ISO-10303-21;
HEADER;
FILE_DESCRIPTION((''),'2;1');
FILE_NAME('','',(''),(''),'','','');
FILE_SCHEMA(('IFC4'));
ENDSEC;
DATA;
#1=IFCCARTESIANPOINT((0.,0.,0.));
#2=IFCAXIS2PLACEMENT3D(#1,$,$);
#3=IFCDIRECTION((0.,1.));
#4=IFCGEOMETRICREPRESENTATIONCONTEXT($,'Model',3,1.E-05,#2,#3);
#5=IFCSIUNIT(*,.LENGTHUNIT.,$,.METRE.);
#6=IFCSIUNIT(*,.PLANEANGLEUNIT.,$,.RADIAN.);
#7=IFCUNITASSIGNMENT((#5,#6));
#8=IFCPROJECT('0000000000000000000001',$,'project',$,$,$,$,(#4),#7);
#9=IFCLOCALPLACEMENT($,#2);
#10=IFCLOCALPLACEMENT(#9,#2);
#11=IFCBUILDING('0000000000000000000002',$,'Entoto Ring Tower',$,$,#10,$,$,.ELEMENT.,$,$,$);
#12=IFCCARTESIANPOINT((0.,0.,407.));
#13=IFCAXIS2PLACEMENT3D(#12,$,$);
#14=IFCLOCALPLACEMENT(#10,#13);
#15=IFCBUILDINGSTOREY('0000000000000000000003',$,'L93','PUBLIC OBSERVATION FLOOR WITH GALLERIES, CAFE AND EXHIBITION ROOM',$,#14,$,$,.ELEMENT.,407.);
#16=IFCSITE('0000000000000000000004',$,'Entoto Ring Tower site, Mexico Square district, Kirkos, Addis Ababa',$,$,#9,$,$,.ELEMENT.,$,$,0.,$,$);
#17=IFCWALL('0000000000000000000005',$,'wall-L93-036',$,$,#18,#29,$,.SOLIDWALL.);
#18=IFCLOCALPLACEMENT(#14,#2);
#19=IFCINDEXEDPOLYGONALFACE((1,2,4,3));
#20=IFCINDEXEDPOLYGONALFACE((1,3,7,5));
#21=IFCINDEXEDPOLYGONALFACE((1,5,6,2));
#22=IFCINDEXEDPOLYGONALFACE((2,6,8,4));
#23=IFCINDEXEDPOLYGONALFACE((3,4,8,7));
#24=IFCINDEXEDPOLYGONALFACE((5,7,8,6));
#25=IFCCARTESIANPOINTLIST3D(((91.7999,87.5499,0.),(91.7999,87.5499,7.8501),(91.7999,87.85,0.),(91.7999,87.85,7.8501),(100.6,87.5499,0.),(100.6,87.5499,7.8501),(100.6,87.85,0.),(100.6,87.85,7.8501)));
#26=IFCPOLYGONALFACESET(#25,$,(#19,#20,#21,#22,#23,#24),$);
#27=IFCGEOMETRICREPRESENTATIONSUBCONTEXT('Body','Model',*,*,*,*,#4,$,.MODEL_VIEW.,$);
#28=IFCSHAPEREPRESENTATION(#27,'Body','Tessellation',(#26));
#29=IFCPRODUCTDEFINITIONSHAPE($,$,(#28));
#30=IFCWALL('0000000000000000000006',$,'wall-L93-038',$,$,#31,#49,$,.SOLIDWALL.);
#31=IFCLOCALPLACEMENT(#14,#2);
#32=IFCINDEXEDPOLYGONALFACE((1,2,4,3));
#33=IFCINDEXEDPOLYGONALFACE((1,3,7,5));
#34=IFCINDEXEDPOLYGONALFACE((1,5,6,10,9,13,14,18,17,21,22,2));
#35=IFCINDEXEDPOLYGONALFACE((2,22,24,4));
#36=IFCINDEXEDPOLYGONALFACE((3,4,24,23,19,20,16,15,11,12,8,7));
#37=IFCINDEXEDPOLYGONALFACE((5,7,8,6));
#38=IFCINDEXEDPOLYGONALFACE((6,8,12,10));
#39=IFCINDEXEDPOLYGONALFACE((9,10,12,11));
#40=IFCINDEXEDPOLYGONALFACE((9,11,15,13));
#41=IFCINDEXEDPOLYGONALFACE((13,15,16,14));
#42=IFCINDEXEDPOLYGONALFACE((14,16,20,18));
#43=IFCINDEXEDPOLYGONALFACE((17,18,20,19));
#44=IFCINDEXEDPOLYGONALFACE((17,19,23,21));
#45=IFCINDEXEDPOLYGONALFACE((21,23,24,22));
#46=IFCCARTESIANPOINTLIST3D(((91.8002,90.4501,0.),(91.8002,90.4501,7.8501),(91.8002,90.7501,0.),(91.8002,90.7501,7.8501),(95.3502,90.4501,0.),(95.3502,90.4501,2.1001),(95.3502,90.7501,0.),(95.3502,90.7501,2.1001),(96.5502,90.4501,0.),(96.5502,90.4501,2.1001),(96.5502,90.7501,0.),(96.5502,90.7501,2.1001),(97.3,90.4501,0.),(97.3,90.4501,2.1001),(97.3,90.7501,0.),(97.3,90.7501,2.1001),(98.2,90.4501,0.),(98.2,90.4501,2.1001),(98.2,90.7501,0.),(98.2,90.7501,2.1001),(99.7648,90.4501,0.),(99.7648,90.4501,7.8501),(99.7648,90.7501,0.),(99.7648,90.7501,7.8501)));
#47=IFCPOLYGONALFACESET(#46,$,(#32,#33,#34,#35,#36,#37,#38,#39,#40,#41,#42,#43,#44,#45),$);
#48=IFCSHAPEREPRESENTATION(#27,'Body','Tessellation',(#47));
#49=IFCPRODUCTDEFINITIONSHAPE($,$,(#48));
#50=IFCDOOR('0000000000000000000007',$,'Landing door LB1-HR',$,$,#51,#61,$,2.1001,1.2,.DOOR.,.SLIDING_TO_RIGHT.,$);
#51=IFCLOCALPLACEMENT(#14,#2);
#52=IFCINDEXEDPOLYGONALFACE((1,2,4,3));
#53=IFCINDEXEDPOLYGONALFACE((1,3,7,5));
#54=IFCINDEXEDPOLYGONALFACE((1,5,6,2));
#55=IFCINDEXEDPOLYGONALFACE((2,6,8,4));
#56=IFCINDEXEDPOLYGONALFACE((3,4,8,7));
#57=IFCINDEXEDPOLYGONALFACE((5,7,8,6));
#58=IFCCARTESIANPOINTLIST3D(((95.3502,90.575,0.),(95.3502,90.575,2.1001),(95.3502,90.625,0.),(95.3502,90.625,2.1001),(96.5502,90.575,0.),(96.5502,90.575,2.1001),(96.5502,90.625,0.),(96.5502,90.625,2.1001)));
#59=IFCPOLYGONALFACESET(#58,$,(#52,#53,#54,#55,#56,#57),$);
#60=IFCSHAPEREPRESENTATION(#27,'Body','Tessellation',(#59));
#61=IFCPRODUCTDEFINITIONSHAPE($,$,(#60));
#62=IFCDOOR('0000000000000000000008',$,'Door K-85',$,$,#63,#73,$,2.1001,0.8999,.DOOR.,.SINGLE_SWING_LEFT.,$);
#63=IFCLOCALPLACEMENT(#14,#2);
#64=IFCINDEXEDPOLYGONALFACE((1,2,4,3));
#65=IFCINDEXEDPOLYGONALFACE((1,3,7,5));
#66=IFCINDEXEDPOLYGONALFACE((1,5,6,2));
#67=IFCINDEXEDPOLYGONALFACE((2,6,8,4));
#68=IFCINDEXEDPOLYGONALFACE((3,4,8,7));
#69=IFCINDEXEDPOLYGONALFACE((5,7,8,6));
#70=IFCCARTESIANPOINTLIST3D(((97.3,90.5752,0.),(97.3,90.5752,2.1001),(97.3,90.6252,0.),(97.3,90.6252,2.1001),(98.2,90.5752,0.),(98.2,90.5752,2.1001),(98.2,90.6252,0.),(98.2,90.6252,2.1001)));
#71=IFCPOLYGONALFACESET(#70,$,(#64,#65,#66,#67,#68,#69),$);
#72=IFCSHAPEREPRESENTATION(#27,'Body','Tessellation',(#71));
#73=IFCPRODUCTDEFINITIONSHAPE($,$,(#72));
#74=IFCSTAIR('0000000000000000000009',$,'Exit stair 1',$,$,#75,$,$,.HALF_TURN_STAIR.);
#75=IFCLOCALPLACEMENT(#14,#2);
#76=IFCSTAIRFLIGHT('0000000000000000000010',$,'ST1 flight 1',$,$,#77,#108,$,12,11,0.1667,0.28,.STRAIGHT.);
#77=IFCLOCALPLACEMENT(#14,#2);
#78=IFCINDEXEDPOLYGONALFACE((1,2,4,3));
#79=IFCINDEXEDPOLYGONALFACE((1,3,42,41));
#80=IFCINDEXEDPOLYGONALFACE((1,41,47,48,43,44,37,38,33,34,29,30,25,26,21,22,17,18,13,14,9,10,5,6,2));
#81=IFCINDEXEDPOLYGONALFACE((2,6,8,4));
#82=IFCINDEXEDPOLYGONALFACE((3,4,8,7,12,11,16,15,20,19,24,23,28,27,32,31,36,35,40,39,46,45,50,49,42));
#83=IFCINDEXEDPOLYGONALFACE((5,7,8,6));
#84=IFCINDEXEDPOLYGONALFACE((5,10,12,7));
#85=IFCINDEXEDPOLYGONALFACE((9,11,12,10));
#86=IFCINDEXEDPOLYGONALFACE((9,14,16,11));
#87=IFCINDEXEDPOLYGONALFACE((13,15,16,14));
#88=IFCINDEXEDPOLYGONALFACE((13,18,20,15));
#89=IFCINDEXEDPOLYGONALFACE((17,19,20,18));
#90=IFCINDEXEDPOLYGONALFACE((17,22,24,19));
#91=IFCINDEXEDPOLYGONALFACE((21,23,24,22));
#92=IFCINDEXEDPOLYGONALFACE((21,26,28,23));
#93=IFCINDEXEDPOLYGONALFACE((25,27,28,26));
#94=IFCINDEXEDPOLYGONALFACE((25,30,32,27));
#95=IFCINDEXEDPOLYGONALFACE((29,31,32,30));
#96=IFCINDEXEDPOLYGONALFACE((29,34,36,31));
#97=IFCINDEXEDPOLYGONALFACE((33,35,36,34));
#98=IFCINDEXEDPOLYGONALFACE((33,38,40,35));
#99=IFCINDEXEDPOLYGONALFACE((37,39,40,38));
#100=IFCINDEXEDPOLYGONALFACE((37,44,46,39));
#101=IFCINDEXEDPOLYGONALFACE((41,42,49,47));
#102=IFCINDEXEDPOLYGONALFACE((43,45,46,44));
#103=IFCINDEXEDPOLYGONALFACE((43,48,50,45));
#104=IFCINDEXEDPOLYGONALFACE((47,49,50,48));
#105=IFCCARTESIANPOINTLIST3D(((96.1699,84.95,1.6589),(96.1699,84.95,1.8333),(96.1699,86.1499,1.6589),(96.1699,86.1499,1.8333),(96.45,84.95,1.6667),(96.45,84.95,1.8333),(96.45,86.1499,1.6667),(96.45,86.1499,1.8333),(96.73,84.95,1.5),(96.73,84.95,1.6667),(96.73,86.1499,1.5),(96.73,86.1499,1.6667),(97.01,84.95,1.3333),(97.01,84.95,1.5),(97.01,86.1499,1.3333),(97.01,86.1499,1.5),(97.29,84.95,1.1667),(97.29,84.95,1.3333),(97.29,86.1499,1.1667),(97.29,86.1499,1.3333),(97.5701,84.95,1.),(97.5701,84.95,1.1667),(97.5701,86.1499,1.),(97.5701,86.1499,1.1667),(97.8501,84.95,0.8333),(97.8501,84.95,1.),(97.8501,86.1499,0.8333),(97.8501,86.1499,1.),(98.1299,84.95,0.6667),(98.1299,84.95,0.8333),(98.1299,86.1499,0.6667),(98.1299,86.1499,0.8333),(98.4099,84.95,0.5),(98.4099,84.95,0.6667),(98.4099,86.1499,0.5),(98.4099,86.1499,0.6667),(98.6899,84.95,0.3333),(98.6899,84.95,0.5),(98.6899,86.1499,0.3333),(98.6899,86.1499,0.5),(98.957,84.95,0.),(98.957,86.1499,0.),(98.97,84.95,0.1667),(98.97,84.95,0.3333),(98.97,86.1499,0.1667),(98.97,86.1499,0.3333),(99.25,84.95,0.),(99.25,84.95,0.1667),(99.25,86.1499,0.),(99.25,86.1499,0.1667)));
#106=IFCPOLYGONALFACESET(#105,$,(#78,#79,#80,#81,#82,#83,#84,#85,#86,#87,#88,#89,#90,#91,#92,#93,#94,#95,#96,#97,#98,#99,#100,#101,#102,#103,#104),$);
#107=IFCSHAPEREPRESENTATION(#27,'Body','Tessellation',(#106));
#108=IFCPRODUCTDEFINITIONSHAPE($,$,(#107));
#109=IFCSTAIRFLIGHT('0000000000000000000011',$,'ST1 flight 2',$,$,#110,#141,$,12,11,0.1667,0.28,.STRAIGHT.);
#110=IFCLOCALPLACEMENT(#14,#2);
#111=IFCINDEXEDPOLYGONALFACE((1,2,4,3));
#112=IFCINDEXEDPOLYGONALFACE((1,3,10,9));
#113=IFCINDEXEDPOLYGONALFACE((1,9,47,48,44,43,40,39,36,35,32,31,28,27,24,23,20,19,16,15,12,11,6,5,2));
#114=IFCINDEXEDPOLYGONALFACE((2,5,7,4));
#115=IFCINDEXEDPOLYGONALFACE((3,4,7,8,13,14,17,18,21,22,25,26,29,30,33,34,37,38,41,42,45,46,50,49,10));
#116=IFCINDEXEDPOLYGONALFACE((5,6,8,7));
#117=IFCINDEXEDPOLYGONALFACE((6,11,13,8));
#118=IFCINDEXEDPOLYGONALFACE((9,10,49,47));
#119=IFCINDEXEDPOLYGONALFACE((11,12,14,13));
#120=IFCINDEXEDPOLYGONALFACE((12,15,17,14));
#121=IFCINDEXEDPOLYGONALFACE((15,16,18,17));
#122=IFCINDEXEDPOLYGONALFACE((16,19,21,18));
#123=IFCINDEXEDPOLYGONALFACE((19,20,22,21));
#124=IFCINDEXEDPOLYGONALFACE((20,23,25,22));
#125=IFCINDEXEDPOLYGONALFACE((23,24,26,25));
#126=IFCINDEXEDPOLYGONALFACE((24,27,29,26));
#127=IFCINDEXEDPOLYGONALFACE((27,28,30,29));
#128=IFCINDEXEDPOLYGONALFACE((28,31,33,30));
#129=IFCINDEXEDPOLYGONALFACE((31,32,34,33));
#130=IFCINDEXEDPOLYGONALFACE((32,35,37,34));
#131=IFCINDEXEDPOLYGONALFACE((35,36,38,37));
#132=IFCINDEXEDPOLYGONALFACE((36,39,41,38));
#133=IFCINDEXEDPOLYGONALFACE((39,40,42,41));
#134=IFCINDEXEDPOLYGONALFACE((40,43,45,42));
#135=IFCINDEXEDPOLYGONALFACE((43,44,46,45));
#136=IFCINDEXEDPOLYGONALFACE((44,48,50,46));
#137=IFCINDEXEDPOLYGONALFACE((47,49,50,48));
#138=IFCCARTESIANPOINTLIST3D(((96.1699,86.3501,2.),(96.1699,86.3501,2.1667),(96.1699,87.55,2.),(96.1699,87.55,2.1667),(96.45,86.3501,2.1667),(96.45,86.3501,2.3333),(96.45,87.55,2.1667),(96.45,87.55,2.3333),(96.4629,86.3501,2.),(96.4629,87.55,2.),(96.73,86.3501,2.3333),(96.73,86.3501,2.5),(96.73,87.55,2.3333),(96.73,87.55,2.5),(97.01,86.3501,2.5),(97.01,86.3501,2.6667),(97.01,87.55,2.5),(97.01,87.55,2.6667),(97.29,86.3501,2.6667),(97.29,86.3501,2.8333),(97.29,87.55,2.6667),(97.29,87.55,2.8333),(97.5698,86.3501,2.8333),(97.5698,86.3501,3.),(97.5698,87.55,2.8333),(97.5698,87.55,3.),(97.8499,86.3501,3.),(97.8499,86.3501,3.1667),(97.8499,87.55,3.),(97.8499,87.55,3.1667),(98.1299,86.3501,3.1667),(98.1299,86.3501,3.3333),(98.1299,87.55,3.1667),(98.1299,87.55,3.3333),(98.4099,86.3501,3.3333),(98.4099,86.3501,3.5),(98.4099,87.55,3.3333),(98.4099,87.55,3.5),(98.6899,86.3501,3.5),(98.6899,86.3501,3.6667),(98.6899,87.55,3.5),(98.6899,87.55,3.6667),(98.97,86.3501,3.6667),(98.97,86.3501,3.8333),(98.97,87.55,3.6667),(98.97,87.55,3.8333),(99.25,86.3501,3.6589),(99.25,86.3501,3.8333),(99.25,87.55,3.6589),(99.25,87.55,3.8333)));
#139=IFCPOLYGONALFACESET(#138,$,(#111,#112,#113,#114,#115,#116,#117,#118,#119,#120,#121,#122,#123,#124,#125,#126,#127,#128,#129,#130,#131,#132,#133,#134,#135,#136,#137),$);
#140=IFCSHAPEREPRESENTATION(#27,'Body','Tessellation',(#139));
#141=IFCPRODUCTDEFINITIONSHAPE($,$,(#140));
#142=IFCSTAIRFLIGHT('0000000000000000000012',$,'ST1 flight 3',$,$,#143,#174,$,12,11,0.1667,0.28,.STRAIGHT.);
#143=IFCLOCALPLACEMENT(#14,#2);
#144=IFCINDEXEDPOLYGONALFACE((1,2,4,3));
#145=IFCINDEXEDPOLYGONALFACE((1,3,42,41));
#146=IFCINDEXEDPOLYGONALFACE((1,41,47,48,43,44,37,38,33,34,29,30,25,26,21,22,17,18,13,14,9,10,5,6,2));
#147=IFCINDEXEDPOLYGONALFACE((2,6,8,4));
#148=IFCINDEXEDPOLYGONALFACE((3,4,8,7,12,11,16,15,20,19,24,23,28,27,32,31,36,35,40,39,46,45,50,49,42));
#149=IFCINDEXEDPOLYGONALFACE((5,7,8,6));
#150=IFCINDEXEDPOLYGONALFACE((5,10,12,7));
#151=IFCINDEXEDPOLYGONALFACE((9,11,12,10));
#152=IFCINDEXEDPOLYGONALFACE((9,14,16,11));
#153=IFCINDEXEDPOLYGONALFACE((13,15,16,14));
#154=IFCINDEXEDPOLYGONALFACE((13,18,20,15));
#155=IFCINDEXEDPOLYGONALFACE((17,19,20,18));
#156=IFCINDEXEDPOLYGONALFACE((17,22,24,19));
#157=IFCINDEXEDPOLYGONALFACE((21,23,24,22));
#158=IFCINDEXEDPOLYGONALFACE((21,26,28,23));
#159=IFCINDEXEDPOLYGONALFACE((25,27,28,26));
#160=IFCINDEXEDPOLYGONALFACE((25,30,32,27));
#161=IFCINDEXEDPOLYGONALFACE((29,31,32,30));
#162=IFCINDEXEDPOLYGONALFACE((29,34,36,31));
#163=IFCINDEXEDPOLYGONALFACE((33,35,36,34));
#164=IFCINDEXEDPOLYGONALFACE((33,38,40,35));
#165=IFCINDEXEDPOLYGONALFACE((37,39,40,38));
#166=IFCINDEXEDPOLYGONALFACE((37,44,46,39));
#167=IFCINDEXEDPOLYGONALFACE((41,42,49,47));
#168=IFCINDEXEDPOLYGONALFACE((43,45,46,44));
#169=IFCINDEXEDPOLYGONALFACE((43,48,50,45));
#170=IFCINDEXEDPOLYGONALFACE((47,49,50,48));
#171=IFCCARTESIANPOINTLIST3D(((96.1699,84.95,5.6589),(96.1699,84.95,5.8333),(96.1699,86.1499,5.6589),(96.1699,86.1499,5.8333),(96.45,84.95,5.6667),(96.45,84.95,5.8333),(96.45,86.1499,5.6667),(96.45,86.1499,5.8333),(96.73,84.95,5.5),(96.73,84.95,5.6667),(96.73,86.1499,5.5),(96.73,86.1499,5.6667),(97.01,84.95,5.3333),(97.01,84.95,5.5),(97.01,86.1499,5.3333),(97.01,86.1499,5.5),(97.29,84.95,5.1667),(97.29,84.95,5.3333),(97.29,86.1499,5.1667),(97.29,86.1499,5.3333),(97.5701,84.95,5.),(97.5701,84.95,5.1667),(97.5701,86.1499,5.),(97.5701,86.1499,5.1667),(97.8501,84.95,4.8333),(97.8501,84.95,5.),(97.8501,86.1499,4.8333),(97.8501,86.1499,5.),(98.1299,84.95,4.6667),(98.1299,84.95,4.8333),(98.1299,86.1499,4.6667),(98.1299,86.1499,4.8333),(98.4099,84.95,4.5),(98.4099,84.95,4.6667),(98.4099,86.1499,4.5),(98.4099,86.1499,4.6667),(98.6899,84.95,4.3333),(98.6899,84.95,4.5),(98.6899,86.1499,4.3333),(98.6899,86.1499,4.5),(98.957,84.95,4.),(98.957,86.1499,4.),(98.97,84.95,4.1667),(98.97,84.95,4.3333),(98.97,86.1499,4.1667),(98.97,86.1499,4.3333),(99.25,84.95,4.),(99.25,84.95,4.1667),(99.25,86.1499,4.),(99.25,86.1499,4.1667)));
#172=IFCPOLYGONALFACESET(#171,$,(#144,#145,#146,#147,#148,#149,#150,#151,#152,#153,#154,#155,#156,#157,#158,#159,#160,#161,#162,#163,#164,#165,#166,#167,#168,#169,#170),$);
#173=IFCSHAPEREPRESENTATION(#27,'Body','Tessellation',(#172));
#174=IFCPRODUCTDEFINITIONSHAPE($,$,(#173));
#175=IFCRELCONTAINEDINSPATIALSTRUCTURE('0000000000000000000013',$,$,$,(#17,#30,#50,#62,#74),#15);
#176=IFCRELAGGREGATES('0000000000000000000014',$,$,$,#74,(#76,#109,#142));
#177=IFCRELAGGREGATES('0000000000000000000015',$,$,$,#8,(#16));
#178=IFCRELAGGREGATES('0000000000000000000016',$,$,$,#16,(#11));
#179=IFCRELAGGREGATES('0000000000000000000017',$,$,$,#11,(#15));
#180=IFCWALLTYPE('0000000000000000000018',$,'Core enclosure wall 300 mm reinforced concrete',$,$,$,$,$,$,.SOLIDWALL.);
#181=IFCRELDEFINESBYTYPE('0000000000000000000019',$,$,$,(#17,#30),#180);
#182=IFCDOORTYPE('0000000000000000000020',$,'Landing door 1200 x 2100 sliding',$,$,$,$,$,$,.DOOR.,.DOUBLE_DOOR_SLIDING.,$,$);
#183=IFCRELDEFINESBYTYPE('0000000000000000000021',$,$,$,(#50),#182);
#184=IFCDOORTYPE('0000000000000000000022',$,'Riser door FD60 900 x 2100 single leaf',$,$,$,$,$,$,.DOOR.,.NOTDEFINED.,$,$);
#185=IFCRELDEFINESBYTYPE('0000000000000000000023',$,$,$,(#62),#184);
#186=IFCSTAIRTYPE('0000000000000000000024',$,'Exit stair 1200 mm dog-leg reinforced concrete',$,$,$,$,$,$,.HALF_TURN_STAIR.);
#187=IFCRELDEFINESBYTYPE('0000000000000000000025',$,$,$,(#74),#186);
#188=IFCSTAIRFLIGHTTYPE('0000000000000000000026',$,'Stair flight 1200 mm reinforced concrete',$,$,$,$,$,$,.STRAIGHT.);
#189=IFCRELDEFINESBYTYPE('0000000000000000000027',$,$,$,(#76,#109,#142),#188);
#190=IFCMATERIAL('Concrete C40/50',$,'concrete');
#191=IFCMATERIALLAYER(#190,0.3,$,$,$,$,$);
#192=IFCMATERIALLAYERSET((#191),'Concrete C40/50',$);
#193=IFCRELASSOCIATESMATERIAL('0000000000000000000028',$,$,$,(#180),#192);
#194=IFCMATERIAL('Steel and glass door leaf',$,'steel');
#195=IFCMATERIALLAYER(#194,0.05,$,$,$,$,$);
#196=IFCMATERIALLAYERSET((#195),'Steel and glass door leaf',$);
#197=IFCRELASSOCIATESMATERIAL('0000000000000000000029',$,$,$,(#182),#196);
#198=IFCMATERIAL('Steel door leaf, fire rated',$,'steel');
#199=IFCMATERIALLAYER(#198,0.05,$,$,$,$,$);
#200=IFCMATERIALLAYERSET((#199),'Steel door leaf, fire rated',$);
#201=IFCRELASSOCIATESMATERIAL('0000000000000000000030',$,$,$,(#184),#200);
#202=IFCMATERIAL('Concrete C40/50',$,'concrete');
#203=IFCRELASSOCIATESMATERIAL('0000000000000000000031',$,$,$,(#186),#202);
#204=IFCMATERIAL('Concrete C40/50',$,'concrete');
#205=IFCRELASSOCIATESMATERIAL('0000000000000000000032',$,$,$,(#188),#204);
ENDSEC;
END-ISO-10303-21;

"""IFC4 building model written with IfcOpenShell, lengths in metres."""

from ifc_helpers import new_model, si_unit, direction, frame, frame_2d, origin, place, context, subcontext, project, spatial, polyline, rectangle, outline, extrude, material, layer, layer_set, type_object, element, fill, aggregate, save


model = new_model("IFC4")

# Units and contexts
model_context = context("Model", 3, precision=1e-05, world=origin(), true_north=direction((0.0, 1.0)))
body_context = subcontext(model_context, "Body", "Model", "MODEL_VIEW")
ifc_project = project(units=[si_unit("LENGTHUNIT", "METRE"), si_unit("PLANEANGLEUNIT", "RADIAN")], contexts=[model_context])

# Site, building, storey
site_placement = place(None, origin())
site = spatial("IfcSite", under=ifc_project, at=site_placement, Name="Entoto Ring Tower site, Mexico Square district, Kirkos, Addis Ababa", CompositionType="ELEMENT", RefElevation=0.0)
building_placement = place(site_placement, origin())
building = spatial("IfcBuilding", under=site, at=building_placement, Name="Entoto Ring Tower", CompositionType="ELEMENT")
storey_placement = place(building_placement, frame((0.0, 0.0, 407.0)))
storey = spatial("IfcBuildingStorey", under=building, at=storey_placement, Name="L93", Description="PUBLIC OBSERVATION FLOOR WITH GALLERIES, CAFE AND EXHIBITION ROOM", CompositionType="ELEMENT", Elevation=407.0)

# Shared definitions
ifc_material_1 = material(Name="Concrete C40/50", Category="concrete")
ifc_layer_1 = layer(ifc_material_1, 0.3)
ifc_layer_set_1 = layer_set([ifc_layer_1], Name="Concrete C40/50")
wall_type = type_object("IfcWallType", Name="Core enclosure wall 300 mm reinforced concrete", PredefinedType="SOLIDWALL", material=ifc_layer_set_1)

# Shared definitions
ifc_material_2 = material(Name="Steel and glass door leaf", Category="steel")
ifc_layer_2 = layer(ifc_material_2, 0.05)
ifc_layer_set_2 = layer_set([ifc_layer_2], Name="Steel and glass door leaf")
door_type_1 = type_object("IfcDoorType", Name="Landing door 1200 x 2100 sliding", OperationType="DOUBLE_DOOR_SLIDING", PredefinedType="DOOR", material=ifc_layer_set_2)

# Wall
wall_1_placement = place(storey_placement, frame((91.8, 87.7, 0.0), z_axis=(0.0, 0.0, 1.0), x_axis=(1.0, 0.0, 0.0)))
element("IfcWall", 1, at=wall_1_placement, inside=storey, type_object=wall_type, Name="wall-L93-036", PredefinedType="SOLIDWALL", context=body_context, shape_type="SweptSolid", body=[
    extrude(rectangle(XDim=8.8, YDim=0.3, at=frame_2d((4.3999, 0.0))), origin(), (0.0, 0.0, 1.0), 7.8501),
])

# Wall, openings, doors
wall_2_placement = place(storey_placement, frame((91.8, 90.6001, 0.0), z_axis=(0.0, 0.0, 1.0), x_axis=(1.0, 0.0, 0.0)))
wall_2 = element("IfcWall", 2, at=wall_2_placement, inside=storey, type_object=wall_type, Name="wall-L93-038", PredefinedType="SOLIDWALL", context=body_context, shape_type="SweptSolid", body=[
    extrude(rectangle(XDim=7.9646, YDim=0.3, at=frame_2d((3.9824, 0.0))), origin(), (0.0, 0.0, 1.0), 7.8501),
])
opening_1_placement = place(wall_2_placement, frame((3.55, 0.0, 0.0)))
opening_1 = element("IfcOpeningElement", 3, at=opening_1_placement, cuts=wall_2, PredefinedType="OPENING", context=body_context, shape_type="SweptSolid", body=[
    extrude(rectangle(XDim=1.2, YDim=2.1001, at=frame_2d((0.6001, 1.05))), frame((0.0, 0.1602, 0.0), z_axis=(0.0, -1.0, 0.0), x_axis=(1.0, 0.0, 0.0)), (0.0, 0.0, 1.0), 0.3201),
])
opening_2_placement = place(wall_2_placement, frame((5.5, 0.0, 0.0)))
opening_2 = element("IfcOpeningElement", 4, at=opening_2_placement, cuts=wall_2, PredefinedType="OPENING", context=body_context, shape_type="SweptSolid", body=[
    extrude(rectangle(XDim=0.8999, YDim=2.1001, at=frame_2d((0.45, 1.05))), frame((0.0, 0.1602, 0.0), z_axis=(0.0, -1.0, 0.0), x_axis=(1.0, 0.0, 0.0)), (0.0, 0.0, 1.0), 0.3201),
])
door_1_placement = place(opening_1_placement, origin())
door_1 = element("IfcDoor", 5, at=door_1_placement, inside=storey, type_object=door_type_1, Name="Landing door LB1-HR", OperationType="SLIDING_TO_RIGHT", OverallHeight=2.1001, OverallWidth=1.2, PredefinedType="DOOR", context=body_context, shape_type="SweptSolid", body=[
    extrude(rectangle(XDim=1.2, YDim=2.1001, at=frame_2d((0.6001, 1.05))), frame((0.0, 0.0249, 0.0), z_axis=(0.0, -1.0, 0.0), x_axis=(1.0, 0.0, 0.0)), (0.0, 0.0, 1.0), 0.05),
])
fill(opening_1, door_1)
ifc_material_3 = material(Name="Steel door leaf, fire rated", Category="steel")
ifc_layer_3 = layer(ifc_material_3, 0.05)
ifc_layer_set_3 = layer_set([ifc_layer_3], Name="Steel door leaf, fire rated")
door_type_2 = type_object("IfcDoorType", Name="Riser door FD60 900 x 2100 single leaf", OperationType="NOTDEFINED", PredefinedType="DOOR", material=ifc_layer_set_3)
door_2_placement = place(opening_2_placement, frame((0.8999, 0.0, 0.0), z_axis=(0.0, 0.0, 1.0), x_axis=(-1.0, 0.0, 0.0)))
door_2 = element("IfcDoor", 6, at=door_2_placement, inside=storey, type_object=door_type_2, Name="Door K-85", OperationType="SINGLE_SWING_LEFT", OverallHeight=2.1001, OverallWidth=0.8999, PredefinedType="DOOR", context=body_context, shape_type="SweptSolid", body=[
    extrude(rectangle(XDim=0.8999, YDim=2.1001, at=frame_2d((0.45, 1.05))), frame((0.0, 0.0249, 0.0), z_axis=(0.0, -1.0, 0.0), x_axis=(1.0, 0.0, 0.0)), (0.0, 0.0, 1.0), 0.05),
])
fill(opening_2, door_2)

# Stair, stair flights
ifc_material_4 = material(Name="Concrete C40/50", Category="concrete")
stair_type = type_object("IfcStairType", Name="Exit stair 1200 mm dog-leg reinforced concrete", PredefinedType="HALF_TURN_STAIR", material=ifc_material_4)
stair_placement = place(storey_placement, origin())
stair = element("IfcStair", 7, at=stair_placement, inside=storey, type_object=stair_type, Name="Exit stair 1", PredefinedType="HALF_TURN_STAIR")
ifc_material_5 = material(Name="Concrete C40/50", Category="concrete")
stair_flight_type = type_object("IfcStairFlightType", Name="Stair flight 1200 mm reinforced concrete", PredefinedType="STRAIGHT", material=ifc_material_5)
stair_flight_1_placement = place(storey_placement, frame((99.25, 85.55, 0.0), z_axis=(0.0, 0.0, 1.0), x_axis=(-1.0, 0.0, 0.0)))
stair_flight_1 = element("IfcStairFlight", 8, at=stair_flight_1_placement, type_object=stair_flight_type, Name="ST1 flight 1", NumberOfRisers=12, NumberOfTreads=11, PredefinedType="STRAIGHT", RiserHeight=0.1667, TreadLength=0.28, context=body_context, shape_type="SweptSolid", body=[
    extrude(outline(polyline([(0.0, 0.0), (0.0, 0.1667), (0.28, 0.1667), (0.28, 0.3333), (0.5601, 0.3333), (0.5601, 0.5), (0.8401, 0.5), (0.8401, 0.6667), (1.1201, 0.6667), (1.1201, 0.8333), (1.3999, 0.8333), (1.3999, 1.0), (1.6799, 1.0), (1.6799, 1.1667), (1.96, 1.1667), (1.96, 1.3333), (2.24, 1.3333), (2.24, 1.5), (2.52, 1.5), (2.52, 1.6667), (2.8, 1.6667), (2.8, 1.8333), (3.0801, 1.8333), (3.0801, 2.0), (3.0801, 1.6589), (0.293, 0.0), (0.0, 0.0)])), frame((0.0, 0.6001, 0.0), z_axis=(0.0, -1.0, 0.0), x_axis=(1.0, 0.0, 0.0)), (0.0, 0.0, 1.0), 1.2),
])
stair_flight_2_placement = place(storey_placement, frame((96.1699, 86.95, 2.0), z_axis=(0.0, 0.0, 1.0), x_axis=(1.0, 0.0, 0.0)))
stair_flight_2 = element("IfcStairFlight", 9, at=stair_flight_2_placement, type_object=stair_flight_type, Name="ST1 flight 2", NumberOfRisers=12, NumberOfTreads=11, PredefinedType="STRAIGHT", RiserHeight=0.1667, TreadLength=0.28, context=body_context, shape_type="SweptSolid", body=[
    extrude(outline(polyline([(0.0, 0.0), (0.0, 0.1667), (0.28, 0.1667), (0.28, 0.3333), (0.5601, 0.3333), (0.5601, 0.5), (0.8401, 0.5), (0.8401, 0.6667), (1.1201, 0.6667), (1.1201, 0.8333), (1.3999, 0.8333), (1.3999, 1.0), (1.6799, 1.0), (1.6799, 1.1667), (1.96, 1.1667), (1.96, 1.3333), (2.24, 1.3333), (2.24, 1.5), (2.52, 1.5), (2.52, 1.6667), (2.8, 1.6667), (2.8, 1.8333), (3.0801, 1.8333), (3.0801, 2.0), (3.0801, 1.6589), (0.293, 0.0), (0.0, 0.0)])), frame((0.0, 0.6001, 0.0), z_axis=(0.0, -1.0, 0.0), x_axis=(1.0, 0.0, 0.0)), (0.0, 0.0, 1.0), 1.2),
])
stair_flight_3_placement = place(storey_placement, frame((99.25, 85.55, 4.0), z_axis=(0.0, 0.0, 1.0), x_axis=(-1.0, 0.0, 0.0)))
stair_flight_3 = element("IfcStairFlight", 10, at=stair_flight_3_placement, type_object=stair_flight_type, Name="ST1 flight 3", NumberOfRisers=12, NumberOfTreads=11, PredefinedType="STRAIGHT", RiserHeight=0.1667, TreadLength=0.28, context=body_context, shape_type="SweptSolid", body=[
    extrude(outline(polyline([(0.0, 0.0), (0.0, 0.1667), (0.28, 0.1667), (0.28, 0.3333), (0.5601, 0.3333), (0.5601, 0.5), (0.8401, 0.5), (0.8401, 0.6667), (1.1201, 0.6667), (1.1201, 0.8333), (1.3999, 0.8333), (1.3999, 1.0), (1.6799, 1.0), (1.6799, 1.1667), (1.96, 1.1667), (1.96, 1.3333), (2.24, 1.3333), (2.24, 1.5), (2.52, 1.5), (2.52, 1.6667), (2.8, 1.6667), (2.8, 1.8333), (3.0801, 1.8333), (3.0801, 2.0), (3.0801, 1.6589), (0.293, 0.0), (0.0, 0.0)])), frame((0.0, 0.6001, 0.0), z_axis=(0.0, -1.0, 0.0), x_axis=(1.0, 0.0, 0.0)), (0.0, 0.0, 1.0), 1.2),
])
aggregate(stair, [stair_flight_1, stair_flight_2, stair_flight_3])

save(model, "model.ifc")
